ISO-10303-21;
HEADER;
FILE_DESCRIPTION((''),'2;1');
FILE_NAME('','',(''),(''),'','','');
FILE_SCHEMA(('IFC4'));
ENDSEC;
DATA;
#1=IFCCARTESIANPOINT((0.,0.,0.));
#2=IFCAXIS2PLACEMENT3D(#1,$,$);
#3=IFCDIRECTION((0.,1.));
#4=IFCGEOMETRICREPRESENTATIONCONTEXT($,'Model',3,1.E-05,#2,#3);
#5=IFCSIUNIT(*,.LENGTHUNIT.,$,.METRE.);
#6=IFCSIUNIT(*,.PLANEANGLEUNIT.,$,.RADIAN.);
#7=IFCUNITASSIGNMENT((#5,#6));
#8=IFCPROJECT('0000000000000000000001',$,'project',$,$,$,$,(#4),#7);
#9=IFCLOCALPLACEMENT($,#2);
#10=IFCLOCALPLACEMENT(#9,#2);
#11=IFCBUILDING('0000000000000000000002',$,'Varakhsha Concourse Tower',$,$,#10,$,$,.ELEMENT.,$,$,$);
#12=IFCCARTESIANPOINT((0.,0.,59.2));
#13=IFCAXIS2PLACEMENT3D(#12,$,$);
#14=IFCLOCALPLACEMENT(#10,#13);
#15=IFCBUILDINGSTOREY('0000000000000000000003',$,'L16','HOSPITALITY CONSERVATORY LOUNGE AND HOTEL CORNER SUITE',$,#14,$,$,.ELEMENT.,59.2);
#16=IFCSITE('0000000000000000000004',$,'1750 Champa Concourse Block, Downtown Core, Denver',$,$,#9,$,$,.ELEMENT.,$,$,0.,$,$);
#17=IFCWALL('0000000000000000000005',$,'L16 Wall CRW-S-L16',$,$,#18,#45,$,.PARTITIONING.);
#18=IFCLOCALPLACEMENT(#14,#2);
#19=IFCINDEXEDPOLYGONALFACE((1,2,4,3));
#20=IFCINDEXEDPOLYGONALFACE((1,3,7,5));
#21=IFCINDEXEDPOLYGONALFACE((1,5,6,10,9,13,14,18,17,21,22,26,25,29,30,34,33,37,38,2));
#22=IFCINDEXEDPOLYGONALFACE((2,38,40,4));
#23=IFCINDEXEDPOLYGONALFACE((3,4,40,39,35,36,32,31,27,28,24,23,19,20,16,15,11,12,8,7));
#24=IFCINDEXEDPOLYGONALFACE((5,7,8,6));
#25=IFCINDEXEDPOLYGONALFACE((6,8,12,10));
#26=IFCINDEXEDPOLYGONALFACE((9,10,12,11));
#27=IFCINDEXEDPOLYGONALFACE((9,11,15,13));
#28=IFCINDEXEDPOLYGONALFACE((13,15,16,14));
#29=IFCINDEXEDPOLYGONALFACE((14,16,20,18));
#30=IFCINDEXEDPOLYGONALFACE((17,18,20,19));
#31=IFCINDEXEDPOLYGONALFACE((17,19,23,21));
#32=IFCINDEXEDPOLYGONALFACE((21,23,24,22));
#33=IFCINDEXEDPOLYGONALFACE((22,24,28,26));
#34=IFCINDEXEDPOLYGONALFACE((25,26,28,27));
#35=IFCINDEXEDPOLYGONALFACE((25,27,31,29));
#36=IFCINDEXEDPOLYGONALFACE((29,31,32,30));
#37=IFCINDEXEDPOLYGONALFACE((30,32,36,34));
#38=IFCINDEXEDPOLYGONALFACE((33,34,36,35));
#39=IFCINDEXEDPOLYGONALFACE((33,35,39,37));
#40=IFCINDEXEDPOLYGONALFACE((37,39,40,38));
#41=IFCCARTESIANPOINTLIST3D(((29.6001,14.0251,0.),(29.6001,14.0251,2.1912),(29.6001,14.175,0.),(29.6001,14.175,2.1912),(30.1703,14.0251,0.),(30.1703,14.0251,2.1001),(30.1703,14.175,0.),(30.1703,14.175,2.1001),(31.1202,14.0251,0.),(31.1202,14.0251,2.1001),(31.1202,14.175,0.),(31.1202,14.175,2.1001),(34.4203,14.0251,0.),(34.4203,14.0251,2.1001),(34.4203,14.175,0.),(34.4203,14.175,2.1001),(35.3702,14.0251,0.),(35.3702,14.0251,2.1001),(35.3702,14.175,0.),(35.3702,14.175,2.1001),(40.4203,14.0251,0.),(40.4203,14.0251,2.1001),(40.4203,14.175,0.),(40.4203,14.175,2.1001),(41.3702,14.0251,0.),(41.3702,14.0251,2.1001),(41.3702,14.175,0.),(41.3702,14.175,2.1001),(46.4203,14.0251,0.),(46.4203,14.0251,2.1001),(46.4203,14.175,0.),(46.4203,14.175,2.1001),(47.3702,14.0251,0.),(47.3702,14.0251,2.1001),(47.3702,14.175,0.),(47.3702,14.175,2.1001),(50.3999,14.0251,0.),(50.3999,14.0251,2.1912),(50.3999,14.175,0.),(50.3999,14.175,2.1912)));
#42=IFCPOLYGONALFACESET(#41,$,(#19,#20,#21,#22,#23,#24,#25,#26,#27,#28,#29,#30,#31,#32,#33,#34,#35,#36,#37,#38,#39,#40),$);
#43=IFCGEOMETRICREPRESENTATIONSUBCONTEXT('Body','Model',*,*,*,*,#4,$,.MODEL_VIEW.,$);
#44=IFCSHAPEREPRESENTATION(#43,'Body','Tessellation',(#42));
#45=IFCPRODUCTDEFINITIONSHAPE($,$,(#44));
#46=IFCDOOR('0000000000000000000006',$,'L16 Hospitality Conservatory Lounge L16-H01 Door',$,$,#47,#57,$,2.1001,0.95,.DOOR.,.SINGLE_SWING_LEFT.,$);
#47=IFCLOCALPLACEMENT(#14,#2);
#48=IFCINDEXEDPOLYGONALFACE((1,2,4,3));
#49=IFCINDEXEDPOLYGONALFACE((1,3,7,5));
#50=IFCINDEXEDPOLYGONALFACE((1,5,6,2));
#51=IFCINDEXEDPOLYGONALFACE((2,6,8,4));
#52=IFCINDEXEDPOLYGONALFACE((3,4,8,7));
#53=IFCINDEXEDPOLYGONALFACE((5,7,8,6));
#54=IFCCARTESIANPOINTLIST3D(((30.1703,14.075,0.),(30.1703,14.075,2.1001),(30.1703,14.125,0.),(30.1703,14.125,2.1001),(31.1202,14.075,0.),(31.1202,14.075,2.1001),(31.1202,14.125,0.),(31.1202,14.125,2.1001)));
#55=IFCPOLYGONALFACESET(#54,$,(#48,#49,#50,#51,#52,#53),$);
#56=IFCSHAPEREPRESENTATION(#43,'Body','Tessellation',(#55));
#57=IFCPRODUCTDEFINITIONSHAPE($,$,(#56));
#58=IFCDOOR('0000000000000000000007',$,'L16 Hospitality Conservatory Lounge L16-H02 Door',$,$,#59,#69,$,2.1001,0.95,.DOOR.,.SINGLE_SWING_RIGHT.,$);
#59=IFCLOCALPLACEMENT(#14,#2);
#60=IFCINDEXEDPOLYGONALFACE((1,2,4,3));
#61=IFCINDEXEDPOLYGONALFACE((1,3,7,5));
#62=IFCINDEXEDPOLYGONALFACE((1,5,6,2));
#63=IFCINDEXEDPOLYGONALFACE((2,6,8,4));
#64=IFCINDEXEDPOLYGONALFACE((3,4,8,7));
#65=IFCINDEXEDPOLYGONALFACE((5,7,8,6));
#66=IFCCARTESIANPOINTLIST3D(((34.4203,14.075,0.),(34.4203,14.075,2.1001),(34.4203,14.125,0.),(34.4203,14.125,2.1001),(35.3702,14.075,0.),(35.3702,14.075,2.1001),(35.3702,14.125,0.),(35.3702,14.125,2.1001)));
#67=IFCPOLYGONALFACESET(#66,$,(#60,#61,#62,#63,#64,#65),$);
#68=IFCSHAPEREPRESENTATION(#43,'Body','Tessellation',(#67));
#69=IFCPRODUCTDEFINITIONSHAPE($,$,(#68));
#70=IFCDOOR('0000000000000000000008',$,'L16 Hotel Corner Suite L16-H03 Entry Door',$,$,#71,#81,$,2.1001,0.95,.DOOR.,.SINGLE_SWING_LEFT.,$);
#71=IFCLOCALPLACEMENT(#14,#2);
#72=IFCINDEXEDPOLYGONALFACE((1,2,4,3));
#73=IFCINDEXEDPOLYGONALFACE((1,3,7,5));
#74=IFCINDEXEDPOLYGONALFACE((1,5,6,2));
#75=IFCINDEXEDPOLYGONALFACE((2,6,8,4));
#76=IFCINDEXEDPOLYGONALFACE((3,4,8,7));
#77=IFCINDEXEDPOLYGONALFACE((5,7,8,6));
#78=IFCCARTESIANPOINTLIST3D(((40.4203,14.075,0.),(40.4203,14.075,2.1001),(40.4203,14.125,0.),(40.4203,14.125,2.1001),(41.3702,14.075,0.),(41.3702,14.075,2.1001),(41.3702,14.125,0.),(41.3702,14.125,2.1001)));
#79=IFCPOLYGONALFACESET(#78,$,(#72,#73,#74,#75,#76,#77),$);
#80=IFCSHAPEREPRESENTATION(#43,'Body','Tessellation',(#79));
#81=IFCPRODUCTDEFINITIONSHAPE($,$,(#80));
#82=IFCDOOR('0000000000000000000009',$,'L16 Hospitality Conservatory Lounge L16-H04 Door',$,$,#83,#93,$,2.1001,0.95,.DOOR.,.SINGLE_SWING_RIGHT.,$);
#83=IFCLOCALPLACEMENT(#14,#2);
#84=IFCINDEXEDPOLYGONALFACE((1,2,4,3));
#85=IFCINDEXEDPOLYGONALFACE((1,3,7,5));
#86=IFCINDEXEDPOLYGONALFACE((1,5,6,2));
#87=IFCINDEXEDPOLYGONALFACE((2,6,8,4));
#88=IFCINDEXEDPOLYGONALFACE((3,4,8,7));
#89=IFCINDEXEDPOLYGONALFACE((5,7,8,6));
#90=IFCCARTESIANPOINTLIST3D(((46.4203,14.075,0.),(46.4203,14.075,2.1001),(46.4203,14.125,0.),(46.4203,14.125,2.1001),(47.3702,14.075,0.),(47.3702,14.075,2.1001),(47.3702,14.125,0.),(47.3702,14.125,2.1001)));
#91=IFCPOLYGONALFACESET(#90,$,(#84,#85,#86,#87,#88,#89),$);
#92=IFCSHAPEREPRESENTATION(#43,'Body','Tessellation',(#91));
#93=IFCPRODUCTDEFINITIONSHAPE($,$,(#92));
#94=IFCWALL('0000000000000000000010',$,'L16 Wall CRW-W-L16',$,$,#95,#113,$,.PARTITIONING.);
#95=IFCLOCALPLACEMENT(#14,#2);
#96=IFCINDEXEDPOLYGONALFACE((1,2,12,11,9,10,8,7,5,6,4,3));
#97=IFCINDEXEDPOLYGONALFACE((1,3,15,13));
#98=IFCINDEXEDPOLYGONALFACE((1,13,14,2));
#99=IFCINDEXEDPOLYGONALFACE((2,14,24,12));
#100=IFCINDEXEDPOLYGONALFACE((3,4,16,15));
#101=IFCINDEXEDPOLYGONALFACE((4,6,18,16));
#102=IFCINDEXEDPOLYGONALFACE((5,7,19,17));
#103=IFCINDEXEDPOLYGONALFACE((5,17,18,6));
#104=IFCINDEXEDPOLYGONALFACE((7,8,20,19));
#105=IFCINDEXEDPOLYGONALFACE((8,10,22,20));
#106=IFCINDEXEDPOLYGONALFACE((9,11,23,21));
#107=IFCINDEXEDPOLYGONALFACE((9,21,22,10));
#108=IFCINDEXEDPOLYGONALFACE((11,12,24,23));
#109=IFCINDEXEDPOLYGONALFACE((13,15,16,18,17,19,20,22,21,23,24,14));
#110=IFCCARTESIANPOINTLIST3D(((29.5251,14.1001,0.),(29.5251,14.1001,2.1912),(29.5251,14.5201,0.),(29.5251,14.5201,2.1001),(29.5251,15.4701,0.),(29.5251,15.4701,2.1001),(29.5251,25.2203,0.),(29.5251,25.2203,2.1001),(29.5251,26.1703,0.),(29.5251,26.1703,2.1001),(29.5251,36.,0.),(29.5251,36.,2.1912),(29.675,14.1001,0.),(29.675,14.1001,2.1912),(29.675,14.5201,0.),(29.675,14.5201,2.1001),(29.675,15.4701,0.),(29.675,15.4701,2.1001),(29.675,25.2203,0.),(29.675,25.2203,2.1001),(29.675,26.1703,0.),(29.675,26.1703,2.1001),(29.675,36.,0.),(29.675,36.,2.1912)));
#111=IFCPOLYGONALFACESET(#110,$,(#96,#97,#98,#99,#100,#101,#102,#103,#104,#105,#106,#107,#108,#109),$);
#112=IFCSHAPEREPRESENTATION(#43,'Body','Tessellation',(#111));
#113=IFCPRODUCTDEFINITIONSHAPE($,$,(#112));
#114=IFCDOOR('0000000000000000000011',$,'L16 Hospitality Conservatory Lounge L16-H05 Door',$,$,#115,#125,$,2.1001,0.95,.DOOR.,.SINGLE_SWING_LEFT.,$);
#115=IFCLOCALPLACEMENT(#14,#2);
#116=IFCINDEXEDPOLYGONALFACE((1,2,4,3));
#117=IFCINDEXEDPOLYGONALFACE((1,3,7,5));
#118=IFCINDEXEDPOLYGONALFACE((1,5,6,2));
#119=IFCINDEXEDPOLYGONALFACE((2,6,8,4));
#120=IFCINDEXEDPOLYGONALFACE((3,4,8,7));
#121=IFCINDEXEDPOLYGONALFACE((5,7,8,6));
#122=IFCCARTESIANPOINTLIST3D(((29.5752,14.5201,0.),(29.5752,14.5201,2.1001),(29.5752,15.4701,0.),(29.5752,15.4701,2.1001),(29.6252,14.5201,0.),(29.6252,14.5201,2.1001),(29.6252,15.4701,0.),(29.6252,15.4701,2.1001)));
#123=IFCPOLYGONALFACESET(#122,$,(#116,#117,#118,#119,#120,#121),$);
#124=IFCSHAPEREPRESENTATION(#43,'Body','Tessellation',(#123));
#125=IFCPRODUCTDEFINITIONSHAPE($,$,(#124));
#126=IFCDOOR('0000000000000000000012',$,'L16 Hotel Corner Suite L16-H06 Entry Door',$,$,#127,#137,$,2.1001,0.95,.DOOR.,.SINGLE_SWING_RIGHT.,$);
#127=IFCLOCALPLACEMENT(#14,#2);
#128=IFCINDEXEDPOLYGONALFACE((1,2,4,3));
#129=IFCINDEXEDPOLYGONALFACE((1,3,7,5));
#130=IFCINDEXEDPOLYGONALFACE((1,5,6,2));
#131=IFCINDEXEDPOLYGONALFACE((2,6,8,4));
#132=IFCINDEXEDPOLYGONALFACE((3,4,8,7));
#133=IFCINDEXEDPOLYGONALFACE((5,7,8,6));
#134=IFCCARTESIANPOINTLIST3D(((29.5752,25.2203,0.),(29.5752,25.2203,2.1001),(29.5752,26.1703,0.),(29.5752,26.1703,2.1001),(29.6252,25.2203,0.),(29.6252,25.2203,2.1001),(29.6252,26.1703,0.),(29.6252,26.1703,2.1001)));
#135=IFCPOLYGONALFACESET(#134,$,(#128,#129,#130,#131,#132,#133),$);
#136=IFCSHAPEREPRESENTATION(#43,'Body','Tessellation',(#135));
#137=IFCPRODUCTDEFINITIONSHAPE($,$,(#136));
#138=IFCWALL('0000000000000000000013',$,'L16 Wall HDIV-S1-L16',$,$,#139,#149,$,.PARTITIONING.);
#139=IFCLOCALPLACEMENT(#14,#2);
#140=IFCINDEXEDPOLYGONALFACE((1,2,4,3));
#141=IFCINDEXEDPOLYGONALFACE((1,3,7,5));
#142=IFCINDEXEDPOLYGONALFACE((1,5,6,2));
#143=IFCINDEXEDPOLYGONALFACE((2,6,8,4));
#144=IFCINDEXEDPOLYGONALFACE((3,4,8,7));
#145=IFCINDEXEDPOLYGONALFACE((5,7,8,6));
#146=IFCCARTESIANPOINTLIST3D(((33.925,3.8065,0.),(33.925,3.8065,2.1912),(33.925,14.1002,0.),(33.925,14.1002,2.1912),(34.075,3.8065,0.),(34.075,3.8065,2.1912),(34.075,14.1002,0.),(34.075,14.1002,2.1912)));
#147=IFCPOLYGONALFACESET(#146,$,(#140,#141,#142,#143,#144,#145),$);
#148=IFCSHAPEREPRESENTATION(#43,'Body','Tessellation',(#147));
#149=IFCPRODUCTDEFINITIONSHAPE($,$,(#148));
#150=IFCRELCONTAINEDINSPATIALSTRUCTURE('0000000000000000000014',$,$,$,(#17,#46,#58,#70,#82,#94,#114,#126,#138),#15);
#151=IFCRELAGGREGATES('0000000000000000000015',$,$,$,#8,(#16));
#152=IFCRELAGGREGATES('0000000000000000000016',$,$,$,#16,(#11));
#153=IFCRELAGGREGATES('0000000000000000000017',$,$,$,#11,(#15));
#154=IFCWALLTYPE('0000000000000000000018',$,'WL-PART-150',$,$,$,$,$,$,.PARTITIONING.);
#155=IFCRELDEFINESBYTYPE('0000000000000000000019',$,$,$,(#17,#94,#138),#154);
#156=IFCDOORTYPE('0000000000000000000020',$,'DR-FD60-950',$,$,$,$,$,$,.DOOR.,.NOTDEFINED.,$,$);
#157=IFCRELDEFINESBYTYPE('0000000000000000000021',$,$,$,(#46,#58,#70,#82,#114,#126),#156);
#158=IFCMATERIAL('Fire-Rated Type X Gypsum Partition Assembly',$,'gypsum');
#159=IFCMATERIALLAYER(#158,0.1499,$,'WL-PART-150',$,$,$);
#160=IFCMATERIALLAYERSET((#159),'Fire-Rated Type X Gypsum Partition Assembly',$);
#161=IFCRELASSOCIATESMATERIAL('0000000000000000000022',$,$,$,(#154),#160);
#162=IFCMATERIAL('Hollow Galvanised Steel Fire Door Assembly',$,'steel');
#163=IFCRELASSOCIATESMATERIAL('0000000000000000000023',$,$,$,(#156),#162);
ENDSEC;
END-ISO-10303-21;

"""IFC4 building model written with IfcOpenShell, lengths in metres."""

from ifc_helpers import new_model, si_unit, direction, frame, frame_2d, origin, place, context, subcontext, project, spatial, rectangle, extrude, material, layer, layer_set, type_object, element, fill, save


model = new_model("IFC4")

# Units and contexts
model_context = context("Model", 3, precision=1e-05, world=origin(), true_north=direction((0.0, 1.0)))
body_context = subcontext(model_context, "Body", "Model", "MODEL_VIEW")
ifc_project = project(units=[si_unit("LENGTHUNIT", "METRE"), si_unit("PLANEANGLEUNIT", "RADIAN")], contexts=[model_context])

# Site, building, storey
site_placement = place(None, origin())
site = spatial("IfcSite", under=ifc_project, at=site_placement, Name="1750 Champa Concourse Block, Downtown Core, Denver", CompositionType="ELEMENT", RefElevation=0.0)
building_placement = place(site_placement, origin())
building = spatial("IfcBuilding", under=site, at=building_placement, Name="Varakhsha Concourse Tower", CompositionType="ELEMENT")
storey_placement = place(building_placement, frame((0.0, 0.0, 59.2)))
storey = spatial("IfcBuildingStorey", under=building, at=storey_placement, Name="L16", Description="HOSPITALITY CONSERVATORY LOUNGE AND HOTEL CORNER SUITE", CompositionType="ELEMENT", Elevation=59.2)

# Walls, openings, doors
ifc_material_1 = material(Name="Fire-Rated Type X Gypsum Partition Assembly", Category="gypsum")
ifc_layer_1 = layer(ifc_material_1, 0.1499, Name="WL-PART-150")
ifc_layer_set_1 = layer_set([ifc_layer_1], Name="Fire-Rated Type X Gypsum Partition Assembly")
wall_type = type_object("IfcWallType", Name="WL-PART-150", PredefinedType="PARTITIONING", material=ifc_layer_set_1)
wall_1_placement = place(storey_placement, frame((29.6001, 14.1001, 0.0), z_axis=(0.0, 0.0, 1.0), x_axis=(1.0, 0.0, 0.0)))
wall_1 = element("IfcWall", 1, at=wall_1_placement, inside=storey, type_object=wall_type, Name="L16 Wall CRW-S-L16", PredefinedType="PARTITIONING", context=body_context, shape_type="SweptSolid", body=[
    extrude(rectangle(XDim=20.7998, YDim=0.1499, at=frame_2d((10.3999, 0.0))), origin(), (0.0, 0.0, 1.0), 2.1912),
])
opening_1_placement = place(wall_1_placement, frame((0.5701, 0.0, 0.0)))
opening_1 = element("IfcOpeningElement", 2, at=opening_1_placement, cuts=wall_1, PredefinedType="OPENING", context=body_context, shape_type="SweptSolid", body=[
    extrude(rectangle(XDim=0.95, YDim=2.1001, at=frame_2d((0.4751, 1.05))), frame((0.0, 0.085, 0.0), z_axis=(0.0, -1.0, 0.0), x_axis=(1.0, 0.0, 0.0)), (0.0, 0.0, 1.0), 0.1699),
])
opening_2_placement = place(wall_1_placement, frame((4.8201, 0.0, 0.0)))
opening_2 = element("IfcOpeningElement", 3, at=opening_2_placement, cuts=wall_1, PredefinedType="OPENING", context=body_context, shape_type="SweptSolid", body=[
    extrude(rectangle(XDim=0.95, YDim=2.1001, at=frame_2d((0.4751, 1.05))), frame((0.0, 0.085, 0.0), z_axis=(0.0, -1.0, 0.0), x_axis=(1.0, 0.0, 0.0)), (0.0, 0.0, 1.0), 0.1699),
])
opening_3_placement = place(wall_1_placement, frame((10.8201, 0.0, 0.0)))
opening_3 = element("IfcOpeningElement", 4, at=opening_3_placement, cuts=wall_1, PredefinedType="OPENING", context=body_context, shape_type="SweptSolid", body=[
    extrude(rectangle(XDim=0.95, YDim=2.1001, at=frame_2d((0.4751, 1.05))), frame((0.0, 0.085, 0.0), z_axis=(0.0, -1.0, 0.0), x_axis=(1.0, 0.0, 0.0)), (0.0, 0.0, 1.0), 0.1699),
])
opening_4_placement = place(wall_1_placement, frame((16.8201, 0.0, 0.0)))
opening_4 = element("IfcOpeningElement", 5, at=opening_4_placement, cuts=wall_1, PredefinedType="OPENING", context=body_context, shape_type="SweptSolid", body=[
    extrude(rectangle(XDim=0.95, YDim=2.1001, at=frame_2d((0.4751, 1.05))), frame((0.0, 0.085, 0.0), z_axis=(0.0, -1.0, 0.0), x_axis=(1.0, 0.0, 0.0)), (0.0, 0.0, 1.0), 0.1699),
])
ifc_material_2 = material(Name="Hollow Galvanised Steel Fire Door Assembly", Category="steel")
door_type = type_object("IfcDoorType", Name="DR-FD60-950", OperationType="NOTDEFINED", PredefinedType="DOOR", material=ifc_material_2)
door_1_placement = place(opening_1_placement, origin())
door_1 = element("IfcDoor", 6, at=door_1_placement, inside=storey, type_object=door_type, Name="L16 Hospitality Conservatory Lounge L16-H01 Door", OperationType="SINGLE_SWING_LEFT", OverallHeight=2.1001, OverallWidth=0.95, PredefinedType="DOOR", context=body_context, shape_type="SweptSolid", body=[
    extrude(rectangle(XDim=0.95, YDim=2.1001, at=frame_2d((0.4751, 1.05))), frame((0.0, 0.0249, 0.0), z_axis=(0.0, -1.0, 0.0), x_axis=(1.0, 0.0, 0.0)), (0.0, 0.0, 1.0), 0.05),
])
fill(opening_1, door_1)
door_2_placement = place(opening_2_placement, origin())
door_2 = element("IfcDoor", 7, at=door_2_placement, inside=storey, type_object=door_type, Name="L16 Hospitality Conservatory Lounge L16-H02 Door", OperationType="SINGLE_SWING_RIGHT", OverallHeight=2.1001, OverallWidth=0.95, PredefinedType="DOOR", context=body_context, shape_type="SweptSolid", body=[
    extrude(rectangle(XDim=0.95, YDim=2.1001, at=frame_2d((0.4751, 1.05))), frame((0.0, 0.0249, 0.0), z_axis=(0.0, -1.0, 0.0), x_axis=(1.0, 0.0, 0.0)), (0.0, 0.0, 1.0), 0.05),
])
fill(opening_2, door_2)
door_3_placement = place(opening_3_placement, origin())
door_3 = element("IfcDoor", 8, at=door_3_placement, inside=storey, type_object=door_type, Name="L16 Hotel Corner Suite L16-H03 Entry Door", OperationType="SINGLE_SWING_LEFT", OverallHeight=2.1001, OverallWidth=0.95, PredefinedType="DOOR", context=body_context, shape_type="SweptSolid", body=[
    extrude(rectangle(XDim=0.95, YDim=2.1001, at=frame_2d((0.4751, 1.05))), frame((0.0, 0.0249, 0.0), z_axis=(0.0, -1.0, 0.0), x_axis=(1.0, 0.0, 0.0)), (0.0, 0.0, 1.0), 0.05),
])
fill(opening_3, door_3)
door_4_placement = place(opening_4_placement, origin())
door_4 = element("IfcDoor", 9, at=door_4_placement, inside=storey, type_object=door_type, Name="L16 Hospitality Conservatory Lounge L16-H04 Door", OperationType="SINGLE_SWING_RIGHT", OverallHeight=2.1001, OverallWidth=0.95, PredefinedType="DOOR", context=body_context, shape_type="SweptSolid", body=[
    extrude(rectangle(XDim=0.95, YDim=2.1001, at=frame_2d((0.4751, 1.05))), frame((0.0, 0.0249, 0.0), z_axis=(0.0, -1.0, 0.0), x_axis=(1.0, 0.0, 0.0)), (0.0, 0.0, 1.0), 0.05),
])
fill(opening_4, door_4)
wall_2_placement = place(storey_placement, frame((29.6001, 14.1001, 0.0), z_axis=(0.0, 0.0, 1.0), x_axis=(0.0, 1.0, 0.0)))
wall_2 = element("IfcWall", 10, at=wall_2_placement, inside=storey, type_object=wall_type, Name="L16 Wall CRW-W-L16", PredefinedType="PARTITIONING", context=body_context, shape_type="SweptSolid", body=[
    extrude(rectangle(XDim=21.8999, YDim=0.1499, at=frame_2d((10.95, 0.0))), origin(), (0.0, 0.0, 1.0), 2.1912),
])
opening_5_placement = place(wall_2_placement, frame((0.4199, 0.0, 0.0)))
opening_5 = element("IfcOpeningElement", 11, at=opening_5_placement, cuts=wall_2, PredefinedType="OPENING", context=body_context, shape_type="SweptSolid", body=[
    extrude(rectangle(XDim=0.95, YDim=2.1001, at=frame_2d((0.4751, 1.05))), frame((0.0, 0.085, 0.0), z_axis=(0.0, -1.0, 0.0), x_axis=(1.0, 0.0, 0.0)), (0.0, 0.0, 1.0), 0.1699),
])
opening_6_placement = place(wall_2_placement, frame((11.1201, 0.0, 0.0)))
opening_6 = element("IfcOpeningElement", 12, at=opening_6_placement, cuts=wall_2, PredefinedType="OPENING", context=body_context, shape_type="SweptSolid", body=[
    extrude(rectangle(XDim=0.95, YDim=2.1001, at=frame_2d((0.4751, 1.05))), frame((0.0, 0.085, 0.0), z_axis=(0.0, -1.0, 0.0), x_axis=(1.0, 0.0, 0.0)), (0.0, 0.0, 1.0), 0.1699),
])
door_5_placement = place(opening_5_placement, origin())
door_5 = element("IfcDoor", 13, at=door_5_placement, inside=storey, type_object=door_type, Name="L16 Hospitality Conservatory Lounge L16-H05 Door", OperationType="SINGLE_SWING_LEFT", OverallHeight=2.1001, OverallWidth=0.95, PredefinedType="DOOR", context=body_context, shape_type="SweptSolid", body=[
    extrude(rectangle(XDim=0.95, YDim=2.1001, at=frame_2d((0.4751, 1.05))), frame((0.0, 0.0249, 0.0), z_axis=(0.0, -1.0, 0.0), x_axis=(1.0, 0.0, 0.0)), (0.0, 0.0, 1.0), 0.05),
])
fill(opening_5, door_5)
door_6_placement = place(opening_6_placement, origin())
door_6 = element("IfcDoor", 14, at=door_6_placement, inside=storey, type_object=door_type, Name="L16 Hotel Corner Suite L16-H06 Entry Door", OperationType="SINGLE_SWING_RIGHT", OverallHeight=2.1001, OverallWidth=0.95, PredefinedType="DOOR", context=body_context, shape_type="SweptSolid", body=[
    extrude(rectangle(XDim=0.95, YDim=2.1001, at=frame_2d((0.4751, 1.05))), frame((0.0, 0.0249, 0.0), z_axis=(0.0, -1.0, 0.0), x_axis=(1.0, 0.0, 0.0)), (0.0, 0.0, 1.0), 0.05),
])
fill(opening_6, door_6)

# Wall
wall_3_placement = place(storey_placement, frame((34.0, 3.8064, 0.0), z_axis=(0.0, 0.0, 1.0), x_axis=(0.0, 1.0, 0.0)))
element("IfcWall", 15, at=wall_3_placement, inside=storey, type_object=wall_type, Name="L16 Wall HDIV-S1-L16", PredefinedType="PARTITIONING", context=body_context, shape_type="SweptSolid", body=[
    extrude(rectangle(XDim=10.2937, YDim=0.1499, at=frame_2d((5.147, 0.0))), origin(), (0.0, 0.0, 1.0), 2.1912),
])

save(model, "model.ifc")
